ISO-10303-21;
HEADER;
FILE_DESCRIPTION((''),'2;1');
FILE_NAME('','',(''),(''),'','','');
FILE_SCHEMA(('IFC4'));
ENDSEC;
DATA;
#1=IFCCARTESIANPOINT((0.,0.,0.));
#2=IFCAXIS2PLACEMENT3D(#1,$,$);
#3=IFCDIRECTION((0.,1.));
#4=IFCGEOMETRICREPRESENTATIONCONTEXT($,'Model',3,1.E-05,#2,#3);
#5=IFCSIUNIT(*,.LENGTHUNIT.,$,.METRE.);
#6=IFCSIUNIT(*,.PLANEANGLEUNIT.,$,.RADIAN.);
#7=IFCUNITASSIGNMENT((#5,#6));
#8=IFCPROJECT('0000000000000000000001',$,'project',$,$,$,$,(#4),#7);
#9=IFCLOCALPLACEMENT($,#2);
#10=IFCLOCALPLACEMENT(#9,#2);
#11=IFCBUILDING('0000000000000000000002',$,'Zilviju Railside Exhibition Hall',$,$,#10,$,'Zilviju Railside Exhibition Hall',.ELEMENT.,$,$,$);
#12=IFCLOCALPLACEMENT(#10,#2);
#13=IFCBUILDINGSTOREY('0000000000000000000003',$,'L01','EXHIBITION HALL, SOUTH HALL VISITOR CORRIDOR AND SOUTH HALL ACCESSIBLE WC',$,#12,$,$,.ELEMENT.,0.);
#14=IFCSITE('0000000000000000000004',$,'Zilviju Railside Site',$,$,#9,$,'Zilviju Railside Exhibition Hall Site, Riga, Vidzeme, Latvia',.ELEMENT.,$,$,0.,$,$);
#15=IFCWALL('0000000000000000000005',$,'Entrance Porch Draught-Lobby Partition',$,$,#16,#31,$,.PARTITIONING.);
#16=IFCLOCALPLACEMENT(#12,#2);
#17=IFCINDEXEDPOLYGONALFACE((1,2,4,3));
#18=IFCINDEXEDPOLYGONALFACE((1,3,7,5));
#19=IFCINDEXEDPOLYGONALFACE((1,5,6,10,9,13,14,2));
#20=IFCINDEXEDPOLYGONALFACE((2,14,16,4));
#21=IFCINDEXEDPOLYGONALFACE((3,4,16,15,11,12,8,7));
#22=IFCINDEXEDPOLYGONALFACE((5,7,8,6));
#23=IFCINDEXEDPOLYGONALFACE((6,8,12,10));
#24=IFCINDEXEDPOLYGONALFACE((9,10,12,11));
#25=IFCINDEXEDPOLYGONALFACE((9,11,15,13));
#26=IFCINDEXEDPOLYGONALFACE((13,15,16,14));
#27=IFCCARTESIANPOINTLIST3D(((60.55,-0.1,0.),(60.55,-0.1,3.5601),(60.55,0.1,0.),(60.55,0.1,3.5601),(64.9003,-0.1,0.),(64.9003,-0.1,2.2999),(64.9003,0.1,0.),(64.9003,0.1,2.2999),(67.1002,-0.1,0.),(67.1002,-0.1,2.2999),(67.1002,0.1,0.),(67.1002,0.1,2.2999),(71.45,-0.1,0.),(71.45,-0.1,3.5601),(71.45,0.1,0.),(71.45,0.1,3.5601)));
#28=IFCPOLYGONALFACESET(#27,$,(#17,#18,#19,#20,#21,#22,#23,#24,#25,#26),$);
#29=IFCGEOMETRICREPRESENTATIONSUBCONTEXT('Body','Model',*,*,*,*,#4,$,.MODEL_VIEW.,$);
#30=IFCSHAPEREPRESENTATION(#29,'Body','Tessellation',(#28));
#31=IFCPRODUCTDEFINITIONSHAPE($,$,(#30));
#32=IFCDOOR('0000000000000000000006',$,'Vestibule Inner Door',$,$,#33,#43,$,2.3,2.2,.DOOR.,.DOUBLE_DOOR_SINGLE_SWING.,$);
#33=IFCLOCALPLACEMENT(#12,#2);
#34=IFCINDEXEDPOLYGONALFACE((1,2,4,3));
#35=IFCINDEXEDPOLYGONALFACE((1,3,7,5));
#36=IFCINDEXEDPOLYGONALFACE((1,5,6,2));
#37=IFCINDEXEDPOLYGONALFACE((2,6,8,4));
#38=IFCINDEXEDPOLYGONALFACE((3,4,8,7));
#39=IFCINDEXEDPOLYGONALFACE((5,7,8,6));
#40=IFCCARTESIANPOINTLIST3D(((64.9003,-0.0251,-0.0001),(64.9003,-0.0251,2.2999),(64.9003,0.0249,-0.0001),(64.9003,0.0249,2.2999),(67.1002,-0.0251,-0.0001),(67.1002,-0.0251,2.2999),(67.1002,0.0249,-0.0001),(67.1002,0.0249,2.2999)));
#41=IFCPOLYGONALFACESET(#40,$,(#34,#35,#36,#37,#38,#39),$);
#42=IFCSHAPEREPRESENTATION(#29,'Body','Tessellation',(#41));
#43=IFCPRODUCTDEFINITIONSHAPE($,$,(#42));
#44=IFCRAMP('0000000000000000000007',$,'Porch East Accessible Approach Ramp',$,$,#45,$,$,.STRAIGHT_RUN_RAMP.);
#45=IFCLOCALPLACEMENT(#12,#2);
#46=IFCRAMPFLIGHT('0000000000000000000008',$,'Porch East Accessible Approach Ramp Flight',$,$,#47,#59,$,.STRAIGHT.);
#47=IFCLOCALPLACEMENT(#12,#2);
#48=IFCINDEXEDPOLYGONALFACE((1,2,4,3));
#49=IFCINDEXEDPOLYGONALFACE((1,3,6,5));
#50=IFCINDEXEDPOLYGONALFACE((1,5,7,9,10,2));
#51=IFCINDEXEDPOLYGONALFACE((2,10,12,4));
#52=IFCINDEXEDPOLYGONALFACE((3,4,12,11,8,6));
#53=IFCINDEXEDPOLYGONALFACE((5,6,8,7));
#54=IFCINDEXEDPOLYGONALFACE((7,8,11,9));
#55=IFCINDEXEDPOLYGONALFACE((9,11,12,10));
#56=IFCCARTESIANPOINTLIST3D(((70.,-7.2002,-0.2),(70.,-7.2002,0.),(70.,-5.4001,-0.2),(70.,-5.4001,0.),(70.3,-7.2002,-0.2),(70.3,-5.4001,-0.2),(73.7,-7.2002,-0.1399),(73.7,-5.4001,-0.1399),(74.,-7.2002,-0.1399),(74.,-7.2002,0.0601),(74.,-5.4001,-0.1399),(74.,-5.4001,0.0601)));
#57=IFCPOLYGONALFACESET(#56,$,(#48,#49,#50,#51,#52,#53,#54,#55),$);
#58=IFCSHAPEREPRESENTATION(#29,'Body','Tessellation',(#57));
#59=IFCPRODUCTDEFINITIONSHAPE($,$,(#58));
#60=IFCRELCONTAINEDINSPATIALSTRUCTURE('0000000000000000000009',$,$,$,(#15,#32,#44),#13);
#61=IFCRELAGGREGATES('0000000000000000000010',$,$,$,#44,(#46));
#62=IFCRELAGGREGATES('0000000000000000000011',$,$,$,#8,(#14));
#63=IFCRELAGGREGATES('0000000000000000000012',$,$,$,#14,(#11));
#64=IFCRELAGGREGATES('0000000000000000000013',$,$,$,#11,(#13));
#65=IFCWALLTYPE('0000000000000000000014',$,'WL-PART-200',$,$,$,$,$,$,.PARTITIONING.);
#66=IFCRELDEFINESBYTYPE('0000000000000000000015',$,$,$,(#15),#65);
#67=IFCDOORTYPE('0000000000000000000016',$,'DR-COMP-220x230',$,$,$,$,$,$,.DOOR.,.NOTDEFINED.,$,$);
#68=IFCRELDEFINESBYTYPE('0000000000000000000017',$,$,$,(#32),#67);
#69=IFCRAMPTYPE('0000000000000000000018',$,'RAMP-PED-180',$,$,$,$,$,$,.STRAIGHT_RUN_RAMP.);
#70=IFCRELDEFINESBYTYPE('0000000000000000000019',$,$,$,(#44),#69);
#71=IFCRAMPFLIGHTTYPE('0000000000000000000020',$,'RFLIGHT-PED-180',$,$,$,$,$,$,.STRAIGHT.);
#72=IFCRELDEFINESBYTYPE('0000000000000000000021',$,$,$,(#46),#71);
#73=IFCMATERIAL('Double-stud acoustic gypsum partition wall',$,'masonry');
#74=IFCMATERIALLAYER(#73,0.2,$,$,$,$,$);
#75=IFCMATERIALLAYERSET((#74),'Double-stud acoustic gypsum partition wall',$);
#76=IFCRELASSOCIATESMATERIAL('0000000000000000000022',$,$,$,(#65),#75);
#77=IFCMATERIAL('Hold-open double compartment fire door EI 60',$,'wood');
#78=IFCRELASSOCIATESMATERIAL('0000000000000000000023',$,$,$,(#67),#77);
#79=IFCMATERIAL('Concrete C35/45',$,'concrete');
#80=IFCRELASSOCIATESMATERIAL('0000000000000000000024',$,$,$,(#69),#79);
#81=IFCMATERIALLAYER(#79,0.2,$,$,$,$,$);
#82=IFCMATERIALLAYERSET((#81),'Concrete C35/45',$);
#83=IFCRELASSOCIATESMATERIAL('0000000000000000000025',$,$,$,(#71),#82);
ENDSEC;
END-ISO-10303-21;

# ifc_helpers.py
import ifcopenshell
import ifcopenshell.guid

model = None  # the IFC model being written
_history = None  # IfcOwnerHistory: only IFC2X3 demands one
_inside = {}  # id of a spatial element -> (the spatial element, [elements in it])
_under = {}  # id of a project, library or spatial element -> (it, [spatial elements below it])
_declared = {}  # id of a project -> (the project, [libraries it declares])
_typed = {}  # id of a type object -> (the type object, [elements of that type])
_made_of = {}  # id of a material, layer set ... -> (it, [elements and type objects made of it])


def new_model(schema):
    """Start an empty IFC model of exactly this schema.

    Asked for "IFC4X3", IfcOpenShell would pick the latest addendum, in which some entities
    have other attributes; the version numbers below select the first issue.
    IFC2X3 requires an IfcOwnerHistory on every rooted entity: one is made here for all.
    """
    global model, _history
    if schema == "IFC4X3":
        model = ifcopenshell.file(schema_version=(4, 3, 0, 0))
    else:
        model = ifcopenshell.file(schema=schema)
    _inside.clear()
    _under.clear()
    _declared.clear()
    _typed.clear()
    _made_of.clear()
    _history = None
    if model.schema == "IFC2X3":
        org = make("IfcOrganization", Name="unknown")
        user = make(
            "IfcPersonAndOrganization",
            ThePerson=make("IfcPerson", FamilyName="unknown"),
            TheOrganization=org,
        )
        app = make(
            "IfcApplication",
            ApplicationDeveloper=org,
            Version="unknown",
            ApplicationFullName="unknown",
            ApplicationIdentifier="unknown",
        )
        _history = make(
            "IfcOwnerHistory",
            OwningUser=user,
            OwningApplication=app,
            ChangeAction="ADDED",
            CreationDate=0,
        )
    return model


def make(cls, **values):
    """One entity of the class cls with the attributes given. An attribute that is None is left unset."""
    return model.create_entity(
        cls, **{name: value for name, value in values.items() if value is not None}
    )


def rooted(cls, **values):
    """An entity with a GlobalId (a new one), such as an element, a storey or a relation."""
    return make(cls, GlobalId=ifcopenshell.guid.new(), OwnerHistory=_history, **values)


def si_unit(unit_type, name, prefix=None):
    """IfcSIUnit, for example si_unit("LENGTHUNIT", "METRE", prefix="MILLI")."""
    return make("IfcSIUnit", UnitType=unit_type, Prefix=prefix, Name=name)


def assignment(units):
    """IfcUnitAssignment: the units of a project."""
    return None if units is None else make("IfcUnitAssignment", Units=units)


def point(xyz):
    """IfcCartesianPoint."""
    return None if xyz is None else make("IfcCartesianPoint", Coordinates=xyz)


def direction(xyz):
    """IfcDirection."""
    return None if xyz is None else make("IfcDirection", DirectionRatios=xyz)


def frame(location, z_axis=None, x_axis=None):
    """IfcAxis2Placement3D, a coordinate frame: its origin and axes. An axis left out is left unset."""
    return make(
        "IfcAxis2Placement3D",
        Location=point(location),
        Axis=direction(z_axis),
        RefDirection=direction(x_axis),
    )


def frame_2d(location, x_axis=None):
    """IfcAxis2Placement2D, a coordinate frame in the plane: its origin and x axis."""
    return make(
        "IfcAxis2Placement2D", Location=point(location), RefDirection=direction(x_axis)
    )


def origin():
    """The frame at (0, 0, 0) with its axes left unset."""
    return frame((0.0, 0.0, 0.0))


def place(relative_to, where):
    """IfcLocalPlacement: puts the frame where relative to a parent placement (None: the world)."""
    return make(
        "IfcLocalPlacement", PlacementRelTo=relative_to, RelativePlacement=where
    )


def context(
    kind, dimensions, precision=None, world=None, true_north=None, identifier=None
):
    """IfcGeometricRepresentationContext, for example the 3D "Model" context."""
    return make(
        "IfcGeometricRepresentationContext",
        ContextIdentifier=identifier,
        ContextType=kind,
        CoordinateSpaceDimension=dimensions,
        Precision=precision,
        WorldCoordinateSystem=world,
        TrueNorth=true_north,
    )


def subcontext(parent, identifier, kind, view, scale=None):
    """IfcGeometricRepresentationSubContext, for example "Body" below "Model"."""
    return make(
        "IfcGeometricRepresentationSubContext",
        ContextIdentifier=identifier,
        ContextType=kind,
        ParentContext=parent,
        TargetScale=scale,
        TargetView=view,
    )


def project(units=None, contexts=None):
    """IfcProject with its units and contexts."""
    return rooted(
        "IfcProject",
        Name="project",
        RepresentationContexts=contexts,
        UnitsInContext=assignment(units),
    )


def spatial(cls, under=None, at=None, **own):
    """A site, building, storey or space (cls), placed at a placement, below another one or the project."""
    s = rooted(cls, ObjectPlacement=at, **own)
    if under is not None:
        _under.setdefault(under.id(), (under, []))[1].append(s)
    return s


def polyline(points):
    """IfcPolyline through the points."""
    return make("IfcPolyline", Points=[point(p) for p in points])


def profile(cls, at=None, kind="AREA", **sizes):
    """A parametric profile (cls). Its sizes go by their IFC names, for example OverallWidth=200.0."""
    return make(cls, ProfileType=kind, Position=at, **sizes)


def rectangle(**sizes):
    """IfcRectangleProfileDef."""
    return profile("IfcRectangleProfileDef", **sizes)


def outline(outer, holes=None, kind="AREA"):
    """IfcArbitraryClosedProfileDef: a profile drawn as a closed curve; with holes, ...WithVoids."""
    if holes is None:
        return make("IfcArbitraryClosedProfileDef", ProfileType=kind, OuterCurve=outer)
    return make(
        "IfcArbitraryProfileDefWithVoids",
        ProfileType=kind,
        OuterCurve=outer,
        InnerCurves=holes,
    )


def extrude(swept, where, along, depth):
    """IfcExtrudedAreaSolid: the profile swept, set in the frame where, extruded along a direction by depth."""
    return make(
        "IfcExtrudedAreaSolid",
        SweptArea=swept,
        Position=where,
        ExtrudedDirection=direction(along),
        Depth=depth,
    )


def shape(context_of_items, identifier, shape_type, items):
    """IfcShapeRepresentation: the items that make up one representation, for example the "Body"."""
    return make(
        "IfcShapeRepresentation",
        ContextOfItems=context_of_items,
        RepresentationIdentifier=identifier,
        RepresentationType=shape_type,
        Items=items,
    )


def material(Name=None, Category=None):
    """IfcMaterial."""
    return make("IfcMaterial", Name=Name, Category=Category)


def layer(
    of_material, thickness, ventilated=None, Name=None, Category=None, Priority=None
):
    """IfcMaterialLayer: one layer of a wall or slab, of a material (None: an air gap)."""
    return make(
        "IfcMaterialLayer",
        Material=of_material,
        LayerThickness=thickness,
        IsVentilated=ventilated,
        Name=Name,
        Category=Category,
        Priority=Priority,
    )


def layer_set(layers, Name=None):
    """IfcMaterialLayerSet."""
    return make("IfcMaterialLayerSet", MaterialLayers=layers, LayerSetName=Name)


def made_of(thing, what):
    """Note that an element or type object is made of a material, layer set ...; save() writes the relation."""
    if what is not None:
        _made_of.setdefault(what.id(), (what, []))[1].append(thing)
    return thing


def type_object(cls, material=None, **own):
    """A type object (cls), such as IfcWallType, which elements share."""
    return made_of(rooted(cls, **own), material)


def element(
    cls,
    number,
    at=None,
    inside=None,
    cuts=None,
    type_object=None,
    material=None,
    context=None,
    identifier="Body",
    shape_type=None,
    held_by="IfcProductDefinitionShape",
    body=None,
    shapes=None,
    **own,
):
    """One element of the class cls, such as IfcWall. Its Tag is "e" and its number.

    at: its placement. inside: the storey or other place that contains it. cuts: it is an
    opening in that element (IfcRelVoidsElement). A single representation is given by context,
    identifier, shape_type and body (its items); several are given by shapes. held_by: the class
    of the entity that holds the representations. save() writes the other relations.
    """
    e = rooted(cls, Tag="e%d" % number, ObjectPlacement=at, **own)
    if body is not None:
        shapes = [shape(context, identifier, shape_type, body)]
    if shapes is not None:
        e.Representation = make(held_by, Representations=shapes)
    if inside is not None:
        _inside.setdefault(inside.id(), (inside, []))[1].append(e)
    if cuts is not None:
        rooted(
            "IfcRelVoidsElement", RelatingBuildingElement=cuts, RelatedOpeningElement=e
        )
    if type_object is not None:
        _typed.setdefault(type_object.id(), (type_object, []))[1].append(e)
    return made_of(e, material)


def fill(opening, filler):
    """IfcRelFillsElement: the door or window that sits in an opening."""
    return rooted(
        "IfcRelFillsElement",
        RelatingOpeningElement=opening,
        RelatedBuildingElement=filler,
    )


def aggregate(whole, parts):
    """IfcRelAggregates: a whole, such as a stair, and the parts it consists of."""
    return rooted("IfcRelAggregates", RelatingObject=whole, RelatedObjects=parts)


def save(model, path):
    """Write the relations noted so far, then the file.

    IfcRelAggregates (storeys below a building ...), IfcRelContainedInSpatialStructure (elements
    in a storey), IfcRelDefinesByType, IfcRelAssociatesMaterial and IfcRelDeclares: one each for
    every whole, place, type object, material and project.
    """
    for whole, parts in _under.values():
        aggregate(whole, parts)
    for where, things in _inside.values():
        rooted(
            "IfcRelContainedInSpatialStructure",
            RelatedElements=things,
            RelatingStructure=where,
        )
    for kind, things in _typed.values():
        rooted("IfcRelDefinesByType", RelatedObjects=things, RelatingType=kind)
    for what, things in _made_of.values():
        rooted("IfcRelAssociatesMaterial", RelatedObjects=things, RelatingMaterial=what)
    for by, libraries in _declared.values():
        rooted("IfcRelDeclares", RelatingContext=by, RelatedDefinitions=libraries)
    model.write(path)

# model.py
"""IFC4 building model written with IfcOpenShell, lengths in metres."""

from ifc_helpers import new_model, si_unit, direction, frame, frame_2d, origin, place, context, subcontext, project, spatial, polyline, rectangle, outline, extrude, material, layer, layer_set, type_object, element, fill, aggregate, save


model = new_model("IFC4")

# Units and contexts
model_context = context("Model", 3, precision=1e-05, world=origin(), true_north=direction((0.0, 1.0)))
body_context = subcontext(model_context, "Body", "Model", "MODEL_VIEW")
ifc_project = project(units=[si_unit("LENGTHUNIT", "METRE"), si_unit("PLANEANGLEUNIT", "RADIAN")], contexts=[model_context])

# Site, building, storey
site_placement = place(None, origin())
site = spatial("IfcSite", under=ifc_project, at=site_placement, Name="Zilviju Railside Site", LongName="Zilviju Railside Exhibition Hall Site, Riga, Vidzeme, Latvia", CompositionType="ELEMENT", RefElevation=0.0)
building_placement = place(site_placement, origin())
building = spatial("IfcBuilding", under=site, at=building_placement, Name="Zilviju Railside Exhibition Hall", LongName="Zilviju Railside Exhibition Hall", CompositionType="ELEMENT")
storey_placement = place(building_placement, origin())
storey = spatial("IfcBuildingStorey", under=building, at=storey_placement, Name="L01", Description="EXHIBITION HALL, SOUTH HALL VISITOR CORRIDOR AND SOUTH HALL ACCESSIBLE WC", CompositionType="ELEMENT", Elevation=0.0)

# Shared definitions
ifc_material_1 = material(Name="Concrete C35/45", Category="concrete")

# Wall, opening, door
ifc_material_2 = material(Name="Double-stud acoustic gypsum partition wall", Category="masonry")
ifc_layer_1 = layer(ifc_material_2, 0.2)
ifc_layer_set_1 = layer_set([ifc_layer_1], Name="Double-stud acoustic gypsum partition wall")
wall_type_1 = type_object("IfcWallType", Name="WL-PART-200", PredefinedType="PARTITIONING", material=ifc_layer_set_1)
wall_1_placement = place(storey_placement, frame((60.55, 0.0, 0.0), z_axis=(0.0, 0.0, 1.0), x_axis=(1.0, 0.0, 0.0)))
wall_1 = element("IfcWall", 1, at=wall_1_placement, inside=storey, type_object=wall_type_1, Name="Entrance Porch Draught-Lobby Partition", PredefinedType="PARTITIONING", context=body_context, shape_type="SweptSolid", body=[
    extrude(rectangle(XDim=10.8999, YDim=0.2, at=frame_2d((5.45, 0.0))), origin(), (0.0, 0.0, 1.0), 3.5601),
])
opening_placement = place(wall_1_placement, frame((4.3501, 0.0, 0.0)))
opening = element("IfcOpeningElement", 2, at=opening_placement, cuts=wall_1, PredefinedType="OPENING", context=body_context, shape_type="SweptSolid", body=[
    extrude(rectangle(XDim=2.2, YDim=2.3, at=frame_2d((1.1001, 1.1499))), frame((0.0, 0.1099, 0.0), z_axis=(0.0, -1.0, 0.0), x_axis=(1.0, 0.0, 0.0)), (0.0, 0.0, 1.0), 0.22),
])
ifc_material_3 = material(Name="Hold-open double compartment fire door EI 60", Category="wood")
door_type = type_object("IfcDoorType", Name="DR-COMP-220x230", OperationType="NOTDEFINED", PredefinedType="DOOR", material=ifc_material_3)
door_placement = place(opening_placement, origin())
door = element("IfcDoor", 3, at=door_placement, inside=storey, type_object=door_type, Name="Vestibule Inner Door", OperationType="DOUBLE_DOOR_SINGLE_SWING", OverallHeight=2.3, OverallWidth=2.2, PredefinedType="DOOR", context=body_context, shape_type="SweptSolid", body=[
    extrude(rectangle(XDim=2.2, YDim=2.3, at=frame_2d((1.1001, 1.1499))), frame((0.0, 0.0249, 0.0), z_axis=(0.0, -1.0, 0.0), x_axis=(1.0, 0.0, 0.0)), (0.0, 0.0, 1.0), 0.05),
])
fill(opening, door)

# Ramp, ramp flight
ramp_type = type_object("IfcRampType", Name="RAMP-PED-180", PredefinedType="STRAIGHT_RUN_RAMP", material=ifc_material_1)
ramp_placement = place(storey_placement, origin())
ramp = element("IfcRamp", 4, at=ramp_placement, inside=storey, type_object=ramp_type, Name="Porch East Accessible Approach Ramp", PredefinedType="STRAIGHT_RUN_RAMP")
ifc_layer_2 = layer(ifc_material_1, 0.2)
ifc_layer_set_2 = layer_set([ifc_layer_2], Name="Concrete C35/45")
ramp_flight_type = type_object("IfcRampFlightType", Name="RFLIGHT-PED-180", PredefinedType="STRAIGHT", material=ifc_layer_set_2)
ramp_flight_placement = place(storey_placement, frame((70.0, -6.3, 0.0), z_axis=(0.0, 0.0, 1.0), x_axis=(1.0, 0.0, 0.0)))
ramp_flight = element("IfcRampFlight", 5, at=ramp_flight_placement, type_object=ramp_flight_type, Name="Porch East Accessible Approach Ramp Flight", PredefinedType="STRAIGHT", context=body_context, shape_type="SweptSolid", body=[
    extrude(outline(polyline([(0.0, -0.2), (0.0, 0.0), (4.0, 0.0601), (4.0, -0.1399), (3.7, -0.1399), (0.3, -0.2), (0.0, -0.2)])), frame((0.0, 0.8999, 0.0), z_axis=(0.0, -1.0, 0.0), x_axis=(1.0, 0.0, 0.0)), (0.0, 0.0, 1.0), 1.8),
])
aggregate(ramp, [ramp_flight])

save(model, "model.ifc")
